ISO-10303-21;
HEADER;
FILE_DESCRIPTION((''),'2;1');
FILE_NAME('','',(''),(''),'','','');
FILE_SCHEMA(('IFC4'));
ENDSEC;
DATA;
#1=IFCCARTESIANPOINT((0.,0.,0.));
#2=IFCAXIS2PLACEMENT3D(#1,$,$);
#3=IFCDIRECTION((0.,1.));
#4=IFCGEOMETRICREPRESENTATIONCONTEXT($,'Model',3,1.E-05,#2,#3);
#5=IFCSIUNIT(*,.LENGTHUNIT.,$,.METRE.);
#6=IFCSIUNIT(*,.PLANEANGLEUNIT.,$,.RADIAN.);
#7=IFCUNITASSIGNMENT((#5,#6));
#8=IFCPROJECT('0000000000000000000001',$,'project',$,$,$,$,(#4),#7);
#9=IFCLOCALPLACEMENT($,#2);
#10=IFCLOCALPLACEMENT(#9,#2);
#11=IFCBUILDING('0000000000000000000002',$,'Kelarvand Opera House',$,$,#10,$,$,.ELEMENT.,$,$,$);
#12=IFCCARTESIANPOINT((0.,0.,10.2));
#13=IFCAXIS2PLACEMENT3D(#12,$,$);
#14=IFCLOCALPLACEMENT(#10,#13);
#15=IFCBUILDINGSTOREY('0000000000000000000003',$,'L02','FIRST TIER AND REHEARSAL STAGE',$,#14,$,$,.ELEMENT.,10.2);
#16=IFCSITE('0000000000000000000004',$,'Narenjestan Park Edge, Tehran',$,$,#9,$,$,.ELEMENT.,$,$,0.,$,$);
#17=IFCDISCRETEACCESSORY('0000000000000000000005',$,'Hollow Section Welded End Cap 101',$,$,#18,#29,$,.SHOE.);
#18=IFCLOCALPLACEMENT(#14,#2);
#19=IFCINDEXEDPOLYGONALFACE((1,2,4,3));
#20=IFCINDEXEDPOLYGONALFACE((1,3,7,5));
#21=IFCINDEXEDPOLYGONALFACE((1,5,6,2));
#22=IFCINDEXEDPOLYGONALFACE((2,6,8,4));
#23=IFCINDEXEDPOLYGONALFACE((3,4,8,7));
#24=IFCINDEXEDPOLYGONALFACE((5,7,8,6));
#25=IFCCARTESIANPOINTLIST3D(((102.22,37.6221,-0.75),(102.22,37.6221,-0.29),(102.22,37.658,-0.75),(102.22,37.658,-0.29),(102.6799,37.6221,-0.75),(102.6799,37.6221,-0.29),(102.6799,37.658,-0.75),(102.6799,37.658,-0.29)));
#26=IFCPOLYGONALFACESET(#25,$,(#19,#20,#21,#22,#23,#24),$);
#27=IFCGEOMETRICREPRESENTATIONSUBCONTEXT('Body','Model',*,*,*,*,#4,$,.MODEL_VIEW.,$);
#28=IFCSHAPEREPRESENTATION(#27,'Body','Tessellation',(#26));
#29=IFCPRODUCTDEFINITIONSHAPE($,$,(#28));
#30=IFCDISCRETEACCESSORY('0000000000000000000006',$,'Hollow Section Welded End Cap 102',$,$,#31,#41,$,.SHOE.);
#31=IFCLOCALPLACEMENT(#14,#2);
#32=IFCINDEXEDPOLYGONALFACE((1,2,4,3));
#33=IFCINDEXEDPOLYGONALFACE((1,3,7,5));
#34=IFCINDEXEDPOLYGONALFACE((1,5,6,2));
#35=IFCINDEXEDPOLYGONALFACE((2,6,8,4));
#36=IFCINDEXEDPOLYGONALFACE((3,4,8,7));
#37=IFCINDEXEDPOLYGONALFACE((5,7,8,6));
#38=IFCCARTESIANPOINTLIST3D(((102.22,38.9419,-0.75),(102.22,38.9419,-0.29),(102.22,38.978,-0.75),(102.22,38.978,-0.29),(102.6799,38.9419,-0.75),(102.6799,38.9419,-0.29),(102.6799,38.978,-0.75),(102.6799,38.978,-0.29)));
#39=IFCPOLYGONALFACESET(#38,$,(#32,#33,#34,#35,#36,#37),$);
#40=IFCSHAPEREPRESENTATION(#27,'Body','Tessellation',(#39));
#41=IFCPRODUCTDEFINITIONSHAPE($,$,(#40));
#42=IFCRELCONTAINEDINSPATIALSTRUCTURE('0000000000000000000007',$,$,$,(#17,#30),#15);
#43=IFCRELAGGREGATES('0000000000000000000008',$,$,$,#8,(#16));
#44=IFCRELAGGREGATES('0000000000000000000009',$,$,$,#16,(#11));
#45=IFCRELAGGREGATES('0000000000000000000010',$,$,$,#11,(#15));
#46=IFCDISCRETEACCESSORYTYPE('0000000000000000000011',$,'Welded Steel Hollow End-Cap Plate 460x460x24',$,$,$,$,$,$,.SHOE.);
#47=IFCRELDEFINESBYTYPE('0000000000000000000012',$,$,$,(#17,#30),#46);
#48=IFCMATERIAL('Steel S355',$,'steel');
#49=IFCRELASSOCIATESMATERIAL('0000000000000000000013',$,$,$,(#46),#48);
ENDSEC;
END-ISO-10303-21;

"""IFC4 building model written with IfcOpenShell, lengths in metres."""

from ifc_helpers import new_model, si_unit, direction, frame, origin, origin_2d, place, context, subcontext, project, spatial, rectangle, extrude, material, material_profile, profile_set, type_object, element, save


model = new_model("IFC4")

# Units and contexts
model_context = context("Model", 3, precision=1e-05, world=origin(), true_north=direction((0.0, 1.0)))
body_context = subcontext(model_context, "Body", "Model", "MODEL_VIEW")
ifc_project = project(units=[si_unit("LENGTHUNIT", "METRE"), si_unit("PLANEANGLEUNIT", "RADIAN")], contexts=[model_context])

# Site, building, storey
site_placement = place(None, origin())
site = spatial("IfcSite", under=ifc_project, at=site_placement, Name="Narenjestan Park Edge, Tehran", CompositionType="ELEMENT", RefElevation=0.0)
building_placement = place(site_placement, origin())
building = spatial("IfcBuilding", under=site, at=building_placement, Name="Kelarvand Opera House", CompositionType="ELEMENT")
storey_placement = place(building_placement, frame((0.0, 0.0, 10.2)))
storey = spatial("IfcBuildingStorey", under=building, at=storey_placement, Name="L02", Description="FIRST TIER AND REHEARSAL STAGE", CompositionType="ELEMENT", Elevation=10.2)

# Shared definitions
ifc_material_1 = material(Name="Steel S355", Category="steel")

# Discrete accessories
ifc_material_profile_1 = material_profile(ifc_material_1, rectangle(XDim=0.46, YDim=0.46, at=origin_2d()), Name="Welded Steel Hollow End-Cap Plate 460x460x24", Category="steel")
ifc_profile_set_1 = profile_set([ifc_material_profile_1], Name="Steel S355")
discrete_accessory_type_1 = type_object("IfcDiscreteAccessoryType", Name="Welded Steel Hollow End-Cap Plate 460x460x24", PredefinedType="SHOE", material=ifc_profile_set_1)
discrete_accessory_1_placement = place(storey_placement, frame((102.45, 37.658, -0.52), z_axis=(0.0, -1.0, 0.0), x_axis=(1.0, 0.0, 0.0)))
element("IfcDiscreteAccessory", 1, at=discrete_accessory_1_placement, inside=storey, type_object=discrete_accessory_type_1, Name="Hollow Section Welded End Cap 101", PredefinedType="SHOE", context=body_context, shape_type="SweptSolid", body=[
    extrude(rectangle(XDim=0.46, YDim=0.46, at=origin_2d()), origin(), (0.0, 0.0, 1.0), 0.0359),
])
discrete_accessory_2_placement = place(storey_placement, frame((102.45, 38.9419, -0.52), z_axis=(0.0, 1.0, 0.0), x_axis=(-1.0, 0.0, 0.0)))
element("IfcDiscreteAccessory", 2, at=discrete_accessory_2_placement, inside=storey, type_object=discrete_accessory_type_1, Name="Hollow Section Welded End Cap 102", PredefinedType="SHOE", context=body_context, shape_type="SweptSolid", body=[
    extrude(rectangle(XDim=0.46, YDim=0.46, at=origin_2d()), origin(), (0.0, 0.0, 1.0), 0.0361),
])

save(model, "model.ifc")
